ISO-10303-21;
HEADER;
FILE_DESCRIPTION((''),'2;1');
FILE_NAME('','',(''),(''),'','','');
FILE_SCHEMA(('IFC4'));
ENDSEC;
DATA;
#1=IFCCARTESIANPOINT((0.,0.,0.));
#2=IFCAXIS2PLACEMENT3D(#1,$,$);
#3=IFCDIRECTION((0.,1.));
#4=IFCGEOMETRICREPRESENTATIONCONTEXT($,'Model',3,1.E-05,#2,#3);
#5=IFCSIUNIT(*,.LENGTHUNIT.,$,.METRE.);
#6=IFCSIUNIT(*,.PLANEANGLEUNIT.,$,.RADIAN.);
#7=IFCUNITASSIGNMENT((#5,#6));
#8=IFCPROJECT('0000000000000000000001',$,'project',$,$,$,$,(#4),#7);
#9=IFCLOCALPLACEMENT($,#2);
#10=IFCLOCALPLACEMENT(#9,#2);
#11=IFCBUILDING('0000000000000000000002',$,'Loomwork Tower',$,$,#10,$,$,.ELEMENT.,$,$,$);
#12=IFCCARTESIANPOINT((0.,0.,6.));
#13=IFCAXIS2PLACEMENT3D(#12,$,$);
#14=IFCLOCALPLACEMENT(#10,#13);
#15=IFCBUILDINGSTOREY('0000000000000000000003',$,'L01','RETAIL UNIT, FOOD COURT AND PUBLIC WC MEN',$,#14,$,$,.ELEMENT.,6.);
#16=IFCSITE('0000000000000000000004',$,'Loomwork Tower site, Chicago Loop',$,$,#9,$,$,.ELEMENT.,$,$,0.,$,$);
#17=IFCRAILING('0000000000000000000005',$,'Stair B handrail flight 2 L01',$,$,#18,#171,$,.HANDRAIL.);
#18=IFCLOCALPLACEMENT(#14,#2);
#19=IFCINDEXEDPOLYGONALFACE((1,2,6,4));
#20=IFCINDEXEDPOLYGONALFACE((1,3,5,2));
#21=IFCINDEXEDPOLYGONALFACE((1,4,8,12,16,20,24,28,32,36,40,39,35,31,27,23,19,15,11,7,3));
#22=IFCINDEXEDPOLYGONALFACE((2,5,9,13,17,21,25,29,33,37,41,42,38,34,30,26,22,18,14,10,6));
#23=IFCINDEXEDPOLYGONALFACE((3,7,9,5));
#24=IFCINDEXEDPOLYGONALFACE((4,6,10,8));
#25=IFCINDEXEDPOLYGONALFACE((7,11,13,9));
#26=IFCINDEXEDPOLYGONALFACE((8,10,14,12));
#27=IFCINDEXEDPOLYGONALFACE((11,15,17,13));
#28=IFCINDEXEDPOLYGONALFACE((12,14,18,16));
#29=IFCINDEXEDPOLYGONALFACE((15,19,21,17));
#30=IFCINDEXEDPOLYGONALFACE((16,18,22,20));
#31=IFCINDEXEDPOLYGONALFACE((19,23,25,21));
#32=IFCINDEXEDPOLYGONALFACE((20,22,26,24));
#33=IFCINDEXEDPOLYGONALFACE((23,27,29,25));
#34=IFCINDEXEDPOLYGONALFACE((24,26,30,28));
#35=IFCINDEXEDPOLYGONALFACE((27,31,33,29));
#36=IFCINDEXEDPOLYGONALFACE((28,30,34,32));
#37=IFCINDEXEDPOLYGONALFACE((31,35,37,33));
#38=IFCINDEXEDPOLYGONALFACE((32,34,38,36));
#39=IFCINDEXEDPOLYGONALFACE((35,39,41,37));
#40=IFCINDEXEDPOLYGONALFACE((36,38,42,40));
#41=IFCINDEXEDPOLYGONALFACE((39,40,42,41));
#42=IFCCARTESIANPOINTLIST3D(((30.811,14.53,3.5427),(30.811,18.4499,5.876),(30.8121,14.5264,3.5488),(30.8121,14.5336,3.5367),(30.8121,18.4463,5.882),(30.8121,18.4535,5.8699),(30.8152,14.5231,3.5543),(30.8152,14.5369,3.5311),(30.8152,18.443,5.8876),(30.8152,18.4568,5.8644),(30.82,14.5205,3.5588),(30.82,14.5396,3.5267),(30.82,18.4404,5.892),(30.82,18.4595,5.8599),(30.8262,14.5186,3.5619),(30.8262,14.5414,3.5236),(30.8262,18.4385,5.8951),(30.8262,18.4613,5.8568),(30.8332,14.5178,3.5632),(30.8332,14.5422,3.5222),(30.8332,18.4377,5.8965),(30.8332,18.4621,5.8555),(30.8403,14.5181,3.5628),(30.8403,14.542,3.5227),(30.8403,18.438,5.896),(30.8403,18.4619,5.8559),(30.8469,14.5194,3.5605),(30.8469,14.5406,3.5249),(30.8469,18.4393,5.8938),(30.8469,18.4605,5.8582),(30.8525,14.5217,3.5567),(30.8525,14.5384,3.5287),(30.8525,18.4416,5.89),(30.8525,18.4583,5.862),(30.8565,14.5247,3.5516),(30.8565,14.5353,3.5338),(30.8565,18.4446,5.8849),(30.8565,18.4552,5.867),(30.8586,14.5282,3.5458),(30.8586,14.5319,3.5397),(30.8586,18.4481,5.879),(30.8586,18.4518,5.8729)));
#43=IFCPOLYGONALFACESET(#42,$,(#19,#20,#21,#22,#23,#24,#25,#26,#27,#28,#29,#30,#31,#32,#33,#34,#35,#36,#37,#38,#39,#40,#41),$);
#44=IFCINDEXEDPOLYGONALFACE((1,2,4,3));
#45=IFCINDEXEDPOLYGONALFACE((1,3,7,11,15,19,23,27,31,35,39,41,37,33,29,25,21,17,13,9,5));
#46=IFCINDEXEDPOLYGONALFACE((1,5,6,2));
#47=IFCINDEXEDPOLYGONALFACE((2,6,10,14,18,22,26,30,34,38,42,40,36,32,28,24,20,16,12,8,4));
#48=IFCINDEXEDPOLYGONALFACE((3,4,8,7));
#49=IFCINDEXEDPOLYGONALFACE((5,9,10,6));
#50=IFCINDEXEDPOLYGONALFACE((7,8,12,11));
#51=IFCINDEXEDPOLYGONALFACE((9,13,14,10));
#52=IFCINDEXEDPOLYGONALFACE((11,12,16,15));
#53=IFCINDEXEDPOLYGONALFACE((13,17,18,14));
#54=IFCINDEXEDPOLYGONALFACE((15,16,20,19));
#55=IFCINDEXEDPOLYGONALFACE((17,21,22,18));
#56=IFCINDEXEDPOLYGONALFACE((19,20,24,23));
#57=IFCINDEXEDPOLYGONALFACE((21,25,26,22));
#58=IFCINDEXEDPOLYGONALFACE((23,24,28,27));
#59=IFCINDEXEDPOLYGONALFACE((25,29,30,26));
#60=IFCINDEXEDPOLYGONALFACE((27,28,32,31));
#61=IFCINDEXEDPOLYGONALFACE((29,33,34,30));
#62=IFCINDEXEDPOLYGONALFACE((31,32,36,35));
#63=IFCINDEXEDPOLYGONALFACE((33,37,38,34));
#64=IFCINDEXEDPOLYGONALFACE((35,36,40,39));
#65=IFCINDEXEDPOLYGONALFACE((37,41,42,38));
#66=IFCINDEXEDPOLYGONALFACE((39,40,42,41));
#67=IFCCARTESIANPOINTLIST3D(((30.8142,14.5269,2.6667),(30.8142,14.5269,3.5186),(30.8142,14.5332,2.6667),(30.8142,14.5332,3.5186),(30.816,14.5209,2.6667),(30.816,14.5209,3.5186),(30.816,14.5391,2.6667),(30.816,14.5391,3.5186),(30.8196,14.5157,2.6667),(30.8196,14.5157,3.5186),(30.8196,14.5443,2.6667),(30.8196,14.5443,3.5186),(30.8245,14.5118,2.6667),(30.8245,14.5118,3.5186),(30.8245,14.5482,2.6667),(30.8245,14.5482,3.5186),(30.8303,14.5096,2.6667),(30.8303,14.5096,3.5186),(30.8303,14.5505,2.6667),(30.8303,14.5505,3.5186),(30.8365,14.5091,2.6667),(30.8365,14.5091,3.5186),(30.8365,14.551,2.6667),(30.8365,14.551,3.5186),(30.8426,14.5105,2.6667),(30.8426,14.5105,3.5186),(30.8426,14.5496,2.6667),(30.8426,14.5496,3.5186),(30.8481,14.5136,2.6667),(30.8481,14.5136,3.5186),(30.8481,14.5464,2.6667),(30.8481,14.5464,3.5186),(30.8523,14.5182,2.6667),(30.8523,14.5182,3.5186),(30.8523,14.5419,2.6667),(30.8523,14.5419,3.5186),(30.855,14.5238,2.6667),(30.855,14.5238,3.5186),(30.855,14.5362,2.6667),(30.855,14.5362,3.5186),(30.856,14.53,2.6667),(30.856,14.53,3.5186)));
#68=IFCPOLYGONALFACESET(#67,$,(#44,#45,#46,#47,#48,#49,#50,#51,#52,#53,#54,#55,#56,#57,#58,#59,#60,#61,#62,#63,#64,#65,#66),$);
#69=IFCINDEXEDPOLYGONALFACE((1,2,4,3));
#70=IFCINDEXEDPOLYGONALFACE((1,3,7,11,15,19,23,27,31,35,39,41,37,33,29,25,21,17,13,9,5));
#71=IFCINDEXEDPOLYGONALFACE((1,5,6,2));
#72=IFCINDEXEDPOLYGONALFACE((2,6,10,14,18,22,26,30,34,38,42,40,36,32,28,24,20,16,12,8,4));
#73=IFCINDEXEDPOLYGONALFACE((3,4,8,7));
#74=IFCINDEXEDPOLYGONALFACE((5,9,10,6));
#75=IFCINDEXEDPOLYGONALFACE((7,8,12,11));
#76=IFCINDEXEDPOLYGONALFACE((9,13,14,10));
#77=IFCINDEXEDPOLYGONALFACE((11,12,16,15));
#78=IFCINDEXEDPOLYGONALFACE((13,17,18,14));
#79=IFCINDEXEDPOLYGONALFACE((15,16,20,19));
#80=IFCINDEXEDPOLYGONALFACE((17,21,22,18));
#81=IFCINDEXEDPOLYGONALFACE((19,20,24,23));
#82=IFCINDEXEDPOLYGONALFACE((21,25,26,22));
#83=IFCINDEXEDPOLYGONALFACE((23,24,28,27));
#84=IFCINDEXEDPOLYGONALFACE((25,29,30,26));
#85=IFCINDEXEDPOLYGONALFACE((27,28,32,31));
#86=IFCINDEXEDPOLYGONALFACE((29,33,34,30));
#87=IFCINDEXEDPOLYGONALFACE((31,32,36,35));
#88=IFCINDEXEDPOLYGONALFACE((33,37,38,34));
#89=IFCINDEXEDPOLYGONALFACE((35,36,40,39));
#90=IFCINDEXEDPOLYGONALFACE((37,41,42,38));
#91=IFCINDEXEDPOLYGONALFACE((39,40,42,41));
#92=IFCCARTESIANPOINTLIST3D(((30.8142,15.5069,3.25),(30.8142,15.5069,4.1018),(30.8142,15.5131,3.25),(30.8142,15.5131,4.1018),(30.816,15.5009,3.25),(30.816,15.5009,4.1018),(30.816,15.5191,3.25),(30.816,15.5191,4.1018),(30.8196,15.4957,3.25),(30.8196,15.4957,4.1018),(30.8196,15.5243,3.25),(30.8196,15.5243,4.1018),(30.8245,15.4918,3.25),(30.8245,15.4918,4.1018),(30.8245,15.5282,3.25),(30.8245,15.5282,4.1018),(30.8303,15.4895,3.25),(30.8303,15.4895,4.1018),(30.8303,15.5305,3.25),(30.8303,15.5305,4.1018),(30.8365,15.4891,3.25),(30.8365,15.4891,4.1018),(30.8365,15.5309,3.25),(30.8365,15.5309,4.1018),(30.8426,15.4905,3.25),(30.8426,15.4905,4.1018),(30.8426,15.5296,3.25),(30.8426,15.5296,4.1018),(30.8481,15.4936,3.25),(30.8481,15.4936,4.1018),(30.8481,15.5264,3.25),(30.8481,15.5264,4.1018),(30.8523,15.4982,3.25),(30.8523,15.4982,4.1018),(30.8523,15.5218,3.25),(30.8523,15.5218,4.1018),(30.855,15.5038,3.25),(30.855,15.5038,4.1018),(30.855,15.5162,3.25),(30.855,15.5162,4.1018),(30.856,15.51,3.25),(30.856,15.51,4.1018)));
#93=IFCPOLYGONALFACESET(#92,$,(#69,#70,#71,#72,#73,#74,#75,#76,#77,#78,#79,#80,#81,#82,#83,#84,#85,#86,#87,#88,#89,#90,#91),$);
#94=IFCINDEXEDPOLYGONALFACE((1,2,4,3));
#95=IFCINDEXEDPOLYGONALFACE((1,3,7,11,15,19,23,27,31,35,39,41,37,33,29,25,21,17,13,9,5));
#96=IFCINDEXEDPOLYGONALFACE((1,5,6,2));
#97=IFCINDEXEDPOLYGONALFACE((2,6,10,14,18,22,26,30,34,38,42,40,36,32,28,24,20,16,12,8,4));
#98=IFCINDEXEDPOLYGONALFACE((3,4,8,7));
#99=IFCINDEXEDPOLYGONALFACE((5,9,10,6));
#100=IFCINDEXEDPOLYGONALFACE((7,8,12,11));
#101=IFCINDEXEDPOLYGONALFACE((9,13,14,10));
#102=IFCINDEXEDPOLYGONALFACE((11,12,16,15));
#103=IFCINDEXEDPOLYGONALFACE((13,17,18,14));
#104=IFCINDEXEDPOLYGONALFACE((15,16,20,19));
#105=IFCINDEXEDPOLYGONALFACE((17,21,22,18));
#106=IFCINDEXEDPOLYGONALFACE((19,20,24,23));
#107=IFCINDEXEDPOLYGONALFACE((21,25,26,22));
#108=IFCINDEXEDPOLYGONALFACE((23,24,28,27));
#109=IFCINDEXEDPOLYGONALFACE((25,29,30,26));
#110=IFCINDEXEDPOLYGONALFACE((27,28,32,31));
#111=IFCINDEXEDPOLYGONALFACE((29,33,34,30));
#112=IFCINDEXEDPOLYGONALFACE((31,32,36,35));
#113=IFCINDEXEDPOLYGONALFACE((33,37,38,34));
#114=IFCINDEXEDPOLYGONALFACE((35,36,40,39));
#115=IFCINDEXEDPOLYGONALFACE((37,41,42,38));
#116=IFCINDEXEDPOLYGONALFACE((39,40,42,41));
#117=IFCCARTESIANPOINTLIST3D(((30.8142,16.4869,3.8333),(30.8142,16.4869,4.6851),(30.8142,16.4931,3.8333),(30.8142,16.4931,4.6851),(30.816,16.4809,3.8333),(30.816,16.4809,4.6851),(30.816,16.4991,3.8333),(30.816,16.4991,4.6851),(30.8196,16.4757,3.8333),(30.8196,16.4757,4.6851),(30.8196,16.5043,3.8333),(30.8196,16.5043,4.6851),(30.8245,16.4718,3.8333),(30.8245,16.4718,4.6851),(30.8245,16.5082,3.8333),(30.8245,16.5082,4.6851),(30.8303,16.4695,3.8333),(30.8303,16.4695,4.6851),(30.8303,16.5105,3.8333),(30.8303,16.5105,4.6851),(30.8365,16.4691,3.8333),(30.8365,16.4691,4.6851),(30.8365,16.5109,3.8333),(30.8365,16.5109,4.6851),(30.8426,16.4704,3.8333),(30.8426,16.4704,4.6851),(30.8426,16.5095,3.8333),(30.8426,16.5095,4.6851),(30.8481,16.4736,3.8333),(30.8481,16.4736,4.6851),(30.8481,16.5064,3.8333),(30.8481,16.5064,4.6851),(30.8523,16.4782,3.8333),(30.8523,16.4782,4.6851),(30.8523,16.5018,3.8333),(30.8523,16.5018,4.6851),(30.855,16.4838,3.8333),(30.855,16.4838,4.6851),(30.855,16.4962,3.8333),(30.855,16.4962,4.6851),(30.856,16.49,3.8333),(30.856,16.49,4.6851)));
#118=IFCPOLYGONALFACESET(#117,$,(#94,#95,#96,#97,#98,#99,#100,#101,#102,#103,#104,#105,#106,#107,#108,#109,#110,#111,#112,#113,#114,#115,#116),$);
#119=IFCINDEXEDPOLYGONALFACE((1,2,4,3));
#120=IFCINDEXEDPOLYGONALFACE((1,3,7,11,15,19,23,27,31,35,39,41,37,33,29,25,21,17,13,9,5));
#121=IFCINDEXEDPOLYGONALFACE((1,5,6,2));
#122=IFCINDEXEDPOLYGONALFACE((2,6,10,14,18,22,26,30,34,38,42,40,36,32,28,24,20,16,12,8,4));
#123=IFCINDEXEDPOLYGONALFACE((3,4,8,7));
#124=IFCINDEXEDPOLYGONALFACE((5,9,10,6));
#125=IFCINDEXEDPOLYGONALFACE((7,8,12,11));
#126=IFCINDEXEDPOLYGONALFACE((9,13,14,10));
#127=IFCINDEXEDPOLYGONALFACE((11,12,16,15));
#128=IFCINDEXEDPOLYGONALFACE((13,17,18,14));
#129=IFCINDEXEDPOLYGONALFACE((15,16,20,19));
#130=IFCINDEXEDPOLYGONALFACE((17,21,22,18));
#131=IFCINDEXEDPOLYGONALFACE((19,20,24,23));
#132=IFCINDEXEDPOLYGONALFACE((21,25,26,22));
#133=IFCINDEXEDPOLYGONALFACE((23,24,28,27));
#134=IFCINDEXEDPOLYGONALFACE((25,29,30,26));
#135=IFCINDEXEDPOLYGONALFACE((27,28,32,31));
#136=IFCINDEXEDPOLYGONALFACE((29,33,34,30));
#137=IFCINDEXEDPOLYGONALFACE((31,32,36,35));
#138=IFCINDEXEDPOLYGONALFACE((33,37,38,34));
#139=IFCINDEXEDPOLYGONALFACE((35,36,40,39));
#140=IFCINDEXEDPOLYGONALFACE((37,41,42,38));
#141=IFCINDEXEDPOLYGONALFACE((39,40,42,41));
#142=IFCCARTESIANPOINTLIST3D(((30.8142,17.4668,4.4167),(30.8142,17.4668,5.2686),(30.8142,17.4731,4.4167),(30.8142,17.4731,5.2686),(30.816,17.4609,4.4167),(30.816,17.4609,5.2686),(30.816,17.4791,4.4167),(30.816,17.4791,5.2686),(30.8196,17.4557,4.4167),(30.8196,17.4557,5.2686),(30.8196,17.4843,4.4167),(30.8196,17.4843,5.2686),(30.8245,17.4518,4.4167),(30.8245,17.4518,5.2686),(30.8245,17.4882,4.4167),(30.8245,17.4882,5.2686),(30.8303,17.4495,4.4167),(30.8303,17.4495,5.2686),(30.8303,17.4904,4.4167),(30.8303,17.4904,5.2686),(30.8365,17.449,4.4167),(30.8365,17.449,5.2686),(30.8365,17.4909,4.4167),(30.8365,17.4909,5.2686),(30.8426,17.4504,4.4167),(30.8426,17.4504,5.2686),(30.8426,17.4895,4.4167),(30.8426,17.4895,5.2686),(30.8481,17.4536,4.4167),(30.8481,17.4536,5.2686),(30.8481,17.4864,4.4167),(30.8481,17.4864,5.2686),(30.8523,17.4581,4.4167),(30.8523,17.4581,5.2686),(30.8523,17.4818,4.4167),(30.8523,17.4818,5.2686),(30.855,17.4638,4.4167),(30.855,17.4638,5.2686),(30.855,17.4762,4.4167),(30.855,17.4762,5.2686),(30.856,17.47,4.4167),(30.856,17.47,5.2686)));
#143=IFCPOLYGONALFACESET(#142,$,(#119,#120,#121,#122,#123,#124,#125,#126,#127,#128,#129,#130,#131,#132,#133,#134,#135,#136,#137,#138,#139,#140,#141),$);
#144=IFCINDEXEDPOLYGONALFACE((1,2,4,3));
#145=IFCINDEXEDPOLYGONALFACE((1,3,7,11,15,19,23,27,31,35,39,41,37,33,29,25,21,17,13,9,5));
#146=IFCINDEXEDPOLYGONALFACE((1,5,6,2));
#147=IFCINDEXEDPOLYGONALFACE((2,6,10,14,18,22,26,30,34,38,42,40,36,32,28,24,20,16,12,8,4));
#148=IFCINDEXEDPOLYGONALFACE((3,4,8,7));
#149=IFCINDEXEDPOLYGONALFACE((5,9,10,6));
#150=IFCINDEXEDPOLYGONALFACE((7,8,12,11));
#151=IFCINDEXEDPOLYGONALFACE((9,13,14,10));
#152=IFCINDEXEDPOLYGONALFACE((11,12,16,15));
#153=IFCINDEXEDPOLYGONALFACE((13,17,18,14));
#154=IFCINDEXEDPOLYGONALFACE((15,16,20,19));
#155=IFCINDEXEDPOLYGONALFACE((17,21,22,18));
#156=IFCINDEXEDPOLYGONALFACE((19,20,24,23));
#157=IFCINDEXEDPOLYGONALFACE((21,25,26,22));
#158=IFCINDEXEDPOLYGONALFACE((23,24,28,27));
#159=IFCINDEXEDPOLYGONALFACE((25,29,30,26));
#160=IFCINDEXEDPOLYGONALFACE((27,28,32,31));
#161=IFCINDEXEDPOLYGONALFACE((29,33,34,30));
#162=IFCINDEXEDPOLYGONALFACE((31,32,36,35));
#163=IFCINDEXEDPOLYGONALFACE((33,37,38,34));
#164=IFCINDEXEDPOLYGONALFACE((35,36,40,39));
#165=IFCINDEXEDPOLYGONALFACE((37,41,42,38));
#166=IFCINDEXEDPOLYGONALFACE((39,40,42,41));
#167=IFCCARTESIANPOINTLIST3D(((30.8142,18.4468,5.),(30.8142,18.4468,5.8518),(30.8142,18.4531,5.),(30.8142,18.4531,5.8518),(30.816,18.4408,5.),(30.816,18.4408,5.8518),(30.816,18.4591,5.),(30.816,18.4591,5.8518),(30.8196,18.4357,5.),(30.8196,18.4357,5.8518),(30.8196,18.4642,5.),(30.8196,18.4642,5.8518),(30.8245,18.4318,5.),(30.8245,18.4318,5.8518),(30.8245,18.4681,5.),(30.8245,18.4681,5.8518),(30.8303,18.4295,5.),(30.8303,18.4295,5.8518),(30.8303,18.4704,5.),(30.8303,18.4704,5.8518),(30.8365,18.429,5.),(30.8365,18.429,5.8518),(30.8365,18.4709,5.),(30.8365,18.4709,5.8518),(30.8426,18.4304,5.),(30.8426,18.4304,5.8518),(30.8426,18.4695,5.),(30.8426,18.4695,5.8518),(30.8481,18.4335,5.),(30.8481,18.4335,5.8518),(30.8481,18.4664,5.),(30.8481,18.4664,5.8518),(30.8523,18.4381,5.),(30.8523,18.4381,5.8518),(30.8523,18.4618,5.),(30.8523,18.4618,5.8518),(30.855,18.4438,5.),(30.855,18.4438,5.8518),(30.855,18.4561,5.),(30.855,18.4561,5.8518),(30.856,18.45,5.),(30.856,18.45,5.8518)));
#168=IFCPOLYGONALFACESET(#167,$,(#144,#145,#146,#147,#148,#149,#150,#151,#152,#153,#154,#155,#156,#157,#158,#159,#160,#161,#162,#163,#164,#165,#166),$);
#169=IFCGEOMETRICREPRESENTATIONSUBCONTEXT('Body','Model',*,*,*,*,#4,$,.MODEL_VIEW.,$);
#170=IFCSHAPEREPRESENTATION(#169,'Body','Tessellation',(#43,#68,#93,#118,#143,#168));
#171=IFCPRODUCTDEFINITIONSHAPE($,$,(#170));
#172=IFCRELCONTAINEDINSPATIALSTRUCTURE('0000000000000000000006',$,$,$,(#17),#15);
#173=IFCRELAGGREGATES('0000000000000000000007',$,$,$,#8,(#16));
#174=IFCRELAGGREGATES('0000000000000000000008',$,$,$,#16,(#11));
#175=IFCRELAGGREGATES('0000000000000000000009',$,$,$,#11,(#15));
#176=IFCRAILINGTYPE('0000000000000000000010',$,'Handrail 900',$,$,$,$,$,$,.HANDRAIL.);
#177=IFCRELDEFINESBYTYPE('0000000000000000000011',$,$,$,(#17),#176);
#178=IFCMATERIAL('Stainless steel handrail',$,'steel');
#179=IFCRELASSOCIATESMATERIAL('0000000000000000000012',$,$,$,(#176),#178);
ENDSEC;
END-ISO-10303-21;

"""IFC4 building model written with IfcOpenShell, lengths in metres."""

from ifc_helpers import new_model, si_unit, direction, frame, origin, origin_2d, place, context, subcontext, project, spatial, circle, extrude, material, type_object, element, save


model = new_model("IFC4")

# Units and contexts
model_context = context("Model", 3, precision=1e-05, world=origin(), true_north=direction((0.0, 1.0)))
body_context = subcontext(model_context, "Body", "Model", "MODEL_VIEW")
ifc_project = project(units=[si_unit("LENGTHUNIT", "METRE"), si_unit("PLANEANGLEUNIT", "RADIAN")], contexts=[model_context])

# Site, building, storey
site_placement = place(None, origin())
site = spatial("IfcSite", under=ifc_project, at=site_placement, Name="Loomwork Tower site, Chicago Loop", CompositionType="ELEMENT", RefElevation=0.0)
building_placement = place(site_placement, origin())
building = spatial("IfcBuilding", under=site, at=building_placement, Name="Loomwork Tower", CompositionType="ELEMENT")
storey_placement = place(building_placement, frame((0.0, 0.0, 6.0)))
storey = spatial("IfcBuildingStorey", under=building, at=storey_placement, Name="L01", Description="RETAIL UNIT, FOOD COURT AND PUBLIC WC MEN", CompositionType="ELEMENT", Elevation=6.0)

# Railing
ifc_material_1 = material(Name="Stainless steel handrail", Category="steel")
railing_type = type_object("IfcRailingType", Name="Handrail 900", PredefinedType="HANDRAIL", material=ifc_material_1)
railing_1_placement = place(storey_placement, frame((30.835, 14.53, 2.6667)))
element("IfcRailing", 1, at=railing_1_placement, inside=storey, type_object=railing_type, Name="Stair B handrail flight 2 L01", PredefinedType="HANDRAIL", context=body_context, shape_type="SweptSolid", body=[
    extrude(circle(Radius=0.0239, at=origin_2d()), frame((0.0, 0.0, 0.876), z_axis=(0.0, 0.859296, 0.511478), x_axis=(-1.0, 0.0, 0.0)), (0.0, 0.0, 1.0), 4.5618),
    extrude(circle(Radius=0.021, at=origin_2d()), origin(), (0.0, 0.0, 1.0), 0.8518),
    extrude(circle(Radius=0.021, at=origin_2d()), frame((0.0, 0.98, 0.5833)), (0.0, 0.0, 1.0), 0.8518),
    extrude(circle(Radius=0.021, at=origin_2d()), frame((0.0, 1.96, 1.1665)), (0.0, 0.0, 1.0), 0.8518),
    extrude(circle(Radius=0.021, at=origin_2d()), frame((0.0, 2.9399, 1.75)), (0.0, 0.0, 1.0), 0.8518),
    extrude(circle(Radius=0.021, at=origin_2d()), frame((0.0, 3.9199, 2.3333)), (0.0, 0.0, 1.0), 0.8518),
])

save(model, "model.ifc")
